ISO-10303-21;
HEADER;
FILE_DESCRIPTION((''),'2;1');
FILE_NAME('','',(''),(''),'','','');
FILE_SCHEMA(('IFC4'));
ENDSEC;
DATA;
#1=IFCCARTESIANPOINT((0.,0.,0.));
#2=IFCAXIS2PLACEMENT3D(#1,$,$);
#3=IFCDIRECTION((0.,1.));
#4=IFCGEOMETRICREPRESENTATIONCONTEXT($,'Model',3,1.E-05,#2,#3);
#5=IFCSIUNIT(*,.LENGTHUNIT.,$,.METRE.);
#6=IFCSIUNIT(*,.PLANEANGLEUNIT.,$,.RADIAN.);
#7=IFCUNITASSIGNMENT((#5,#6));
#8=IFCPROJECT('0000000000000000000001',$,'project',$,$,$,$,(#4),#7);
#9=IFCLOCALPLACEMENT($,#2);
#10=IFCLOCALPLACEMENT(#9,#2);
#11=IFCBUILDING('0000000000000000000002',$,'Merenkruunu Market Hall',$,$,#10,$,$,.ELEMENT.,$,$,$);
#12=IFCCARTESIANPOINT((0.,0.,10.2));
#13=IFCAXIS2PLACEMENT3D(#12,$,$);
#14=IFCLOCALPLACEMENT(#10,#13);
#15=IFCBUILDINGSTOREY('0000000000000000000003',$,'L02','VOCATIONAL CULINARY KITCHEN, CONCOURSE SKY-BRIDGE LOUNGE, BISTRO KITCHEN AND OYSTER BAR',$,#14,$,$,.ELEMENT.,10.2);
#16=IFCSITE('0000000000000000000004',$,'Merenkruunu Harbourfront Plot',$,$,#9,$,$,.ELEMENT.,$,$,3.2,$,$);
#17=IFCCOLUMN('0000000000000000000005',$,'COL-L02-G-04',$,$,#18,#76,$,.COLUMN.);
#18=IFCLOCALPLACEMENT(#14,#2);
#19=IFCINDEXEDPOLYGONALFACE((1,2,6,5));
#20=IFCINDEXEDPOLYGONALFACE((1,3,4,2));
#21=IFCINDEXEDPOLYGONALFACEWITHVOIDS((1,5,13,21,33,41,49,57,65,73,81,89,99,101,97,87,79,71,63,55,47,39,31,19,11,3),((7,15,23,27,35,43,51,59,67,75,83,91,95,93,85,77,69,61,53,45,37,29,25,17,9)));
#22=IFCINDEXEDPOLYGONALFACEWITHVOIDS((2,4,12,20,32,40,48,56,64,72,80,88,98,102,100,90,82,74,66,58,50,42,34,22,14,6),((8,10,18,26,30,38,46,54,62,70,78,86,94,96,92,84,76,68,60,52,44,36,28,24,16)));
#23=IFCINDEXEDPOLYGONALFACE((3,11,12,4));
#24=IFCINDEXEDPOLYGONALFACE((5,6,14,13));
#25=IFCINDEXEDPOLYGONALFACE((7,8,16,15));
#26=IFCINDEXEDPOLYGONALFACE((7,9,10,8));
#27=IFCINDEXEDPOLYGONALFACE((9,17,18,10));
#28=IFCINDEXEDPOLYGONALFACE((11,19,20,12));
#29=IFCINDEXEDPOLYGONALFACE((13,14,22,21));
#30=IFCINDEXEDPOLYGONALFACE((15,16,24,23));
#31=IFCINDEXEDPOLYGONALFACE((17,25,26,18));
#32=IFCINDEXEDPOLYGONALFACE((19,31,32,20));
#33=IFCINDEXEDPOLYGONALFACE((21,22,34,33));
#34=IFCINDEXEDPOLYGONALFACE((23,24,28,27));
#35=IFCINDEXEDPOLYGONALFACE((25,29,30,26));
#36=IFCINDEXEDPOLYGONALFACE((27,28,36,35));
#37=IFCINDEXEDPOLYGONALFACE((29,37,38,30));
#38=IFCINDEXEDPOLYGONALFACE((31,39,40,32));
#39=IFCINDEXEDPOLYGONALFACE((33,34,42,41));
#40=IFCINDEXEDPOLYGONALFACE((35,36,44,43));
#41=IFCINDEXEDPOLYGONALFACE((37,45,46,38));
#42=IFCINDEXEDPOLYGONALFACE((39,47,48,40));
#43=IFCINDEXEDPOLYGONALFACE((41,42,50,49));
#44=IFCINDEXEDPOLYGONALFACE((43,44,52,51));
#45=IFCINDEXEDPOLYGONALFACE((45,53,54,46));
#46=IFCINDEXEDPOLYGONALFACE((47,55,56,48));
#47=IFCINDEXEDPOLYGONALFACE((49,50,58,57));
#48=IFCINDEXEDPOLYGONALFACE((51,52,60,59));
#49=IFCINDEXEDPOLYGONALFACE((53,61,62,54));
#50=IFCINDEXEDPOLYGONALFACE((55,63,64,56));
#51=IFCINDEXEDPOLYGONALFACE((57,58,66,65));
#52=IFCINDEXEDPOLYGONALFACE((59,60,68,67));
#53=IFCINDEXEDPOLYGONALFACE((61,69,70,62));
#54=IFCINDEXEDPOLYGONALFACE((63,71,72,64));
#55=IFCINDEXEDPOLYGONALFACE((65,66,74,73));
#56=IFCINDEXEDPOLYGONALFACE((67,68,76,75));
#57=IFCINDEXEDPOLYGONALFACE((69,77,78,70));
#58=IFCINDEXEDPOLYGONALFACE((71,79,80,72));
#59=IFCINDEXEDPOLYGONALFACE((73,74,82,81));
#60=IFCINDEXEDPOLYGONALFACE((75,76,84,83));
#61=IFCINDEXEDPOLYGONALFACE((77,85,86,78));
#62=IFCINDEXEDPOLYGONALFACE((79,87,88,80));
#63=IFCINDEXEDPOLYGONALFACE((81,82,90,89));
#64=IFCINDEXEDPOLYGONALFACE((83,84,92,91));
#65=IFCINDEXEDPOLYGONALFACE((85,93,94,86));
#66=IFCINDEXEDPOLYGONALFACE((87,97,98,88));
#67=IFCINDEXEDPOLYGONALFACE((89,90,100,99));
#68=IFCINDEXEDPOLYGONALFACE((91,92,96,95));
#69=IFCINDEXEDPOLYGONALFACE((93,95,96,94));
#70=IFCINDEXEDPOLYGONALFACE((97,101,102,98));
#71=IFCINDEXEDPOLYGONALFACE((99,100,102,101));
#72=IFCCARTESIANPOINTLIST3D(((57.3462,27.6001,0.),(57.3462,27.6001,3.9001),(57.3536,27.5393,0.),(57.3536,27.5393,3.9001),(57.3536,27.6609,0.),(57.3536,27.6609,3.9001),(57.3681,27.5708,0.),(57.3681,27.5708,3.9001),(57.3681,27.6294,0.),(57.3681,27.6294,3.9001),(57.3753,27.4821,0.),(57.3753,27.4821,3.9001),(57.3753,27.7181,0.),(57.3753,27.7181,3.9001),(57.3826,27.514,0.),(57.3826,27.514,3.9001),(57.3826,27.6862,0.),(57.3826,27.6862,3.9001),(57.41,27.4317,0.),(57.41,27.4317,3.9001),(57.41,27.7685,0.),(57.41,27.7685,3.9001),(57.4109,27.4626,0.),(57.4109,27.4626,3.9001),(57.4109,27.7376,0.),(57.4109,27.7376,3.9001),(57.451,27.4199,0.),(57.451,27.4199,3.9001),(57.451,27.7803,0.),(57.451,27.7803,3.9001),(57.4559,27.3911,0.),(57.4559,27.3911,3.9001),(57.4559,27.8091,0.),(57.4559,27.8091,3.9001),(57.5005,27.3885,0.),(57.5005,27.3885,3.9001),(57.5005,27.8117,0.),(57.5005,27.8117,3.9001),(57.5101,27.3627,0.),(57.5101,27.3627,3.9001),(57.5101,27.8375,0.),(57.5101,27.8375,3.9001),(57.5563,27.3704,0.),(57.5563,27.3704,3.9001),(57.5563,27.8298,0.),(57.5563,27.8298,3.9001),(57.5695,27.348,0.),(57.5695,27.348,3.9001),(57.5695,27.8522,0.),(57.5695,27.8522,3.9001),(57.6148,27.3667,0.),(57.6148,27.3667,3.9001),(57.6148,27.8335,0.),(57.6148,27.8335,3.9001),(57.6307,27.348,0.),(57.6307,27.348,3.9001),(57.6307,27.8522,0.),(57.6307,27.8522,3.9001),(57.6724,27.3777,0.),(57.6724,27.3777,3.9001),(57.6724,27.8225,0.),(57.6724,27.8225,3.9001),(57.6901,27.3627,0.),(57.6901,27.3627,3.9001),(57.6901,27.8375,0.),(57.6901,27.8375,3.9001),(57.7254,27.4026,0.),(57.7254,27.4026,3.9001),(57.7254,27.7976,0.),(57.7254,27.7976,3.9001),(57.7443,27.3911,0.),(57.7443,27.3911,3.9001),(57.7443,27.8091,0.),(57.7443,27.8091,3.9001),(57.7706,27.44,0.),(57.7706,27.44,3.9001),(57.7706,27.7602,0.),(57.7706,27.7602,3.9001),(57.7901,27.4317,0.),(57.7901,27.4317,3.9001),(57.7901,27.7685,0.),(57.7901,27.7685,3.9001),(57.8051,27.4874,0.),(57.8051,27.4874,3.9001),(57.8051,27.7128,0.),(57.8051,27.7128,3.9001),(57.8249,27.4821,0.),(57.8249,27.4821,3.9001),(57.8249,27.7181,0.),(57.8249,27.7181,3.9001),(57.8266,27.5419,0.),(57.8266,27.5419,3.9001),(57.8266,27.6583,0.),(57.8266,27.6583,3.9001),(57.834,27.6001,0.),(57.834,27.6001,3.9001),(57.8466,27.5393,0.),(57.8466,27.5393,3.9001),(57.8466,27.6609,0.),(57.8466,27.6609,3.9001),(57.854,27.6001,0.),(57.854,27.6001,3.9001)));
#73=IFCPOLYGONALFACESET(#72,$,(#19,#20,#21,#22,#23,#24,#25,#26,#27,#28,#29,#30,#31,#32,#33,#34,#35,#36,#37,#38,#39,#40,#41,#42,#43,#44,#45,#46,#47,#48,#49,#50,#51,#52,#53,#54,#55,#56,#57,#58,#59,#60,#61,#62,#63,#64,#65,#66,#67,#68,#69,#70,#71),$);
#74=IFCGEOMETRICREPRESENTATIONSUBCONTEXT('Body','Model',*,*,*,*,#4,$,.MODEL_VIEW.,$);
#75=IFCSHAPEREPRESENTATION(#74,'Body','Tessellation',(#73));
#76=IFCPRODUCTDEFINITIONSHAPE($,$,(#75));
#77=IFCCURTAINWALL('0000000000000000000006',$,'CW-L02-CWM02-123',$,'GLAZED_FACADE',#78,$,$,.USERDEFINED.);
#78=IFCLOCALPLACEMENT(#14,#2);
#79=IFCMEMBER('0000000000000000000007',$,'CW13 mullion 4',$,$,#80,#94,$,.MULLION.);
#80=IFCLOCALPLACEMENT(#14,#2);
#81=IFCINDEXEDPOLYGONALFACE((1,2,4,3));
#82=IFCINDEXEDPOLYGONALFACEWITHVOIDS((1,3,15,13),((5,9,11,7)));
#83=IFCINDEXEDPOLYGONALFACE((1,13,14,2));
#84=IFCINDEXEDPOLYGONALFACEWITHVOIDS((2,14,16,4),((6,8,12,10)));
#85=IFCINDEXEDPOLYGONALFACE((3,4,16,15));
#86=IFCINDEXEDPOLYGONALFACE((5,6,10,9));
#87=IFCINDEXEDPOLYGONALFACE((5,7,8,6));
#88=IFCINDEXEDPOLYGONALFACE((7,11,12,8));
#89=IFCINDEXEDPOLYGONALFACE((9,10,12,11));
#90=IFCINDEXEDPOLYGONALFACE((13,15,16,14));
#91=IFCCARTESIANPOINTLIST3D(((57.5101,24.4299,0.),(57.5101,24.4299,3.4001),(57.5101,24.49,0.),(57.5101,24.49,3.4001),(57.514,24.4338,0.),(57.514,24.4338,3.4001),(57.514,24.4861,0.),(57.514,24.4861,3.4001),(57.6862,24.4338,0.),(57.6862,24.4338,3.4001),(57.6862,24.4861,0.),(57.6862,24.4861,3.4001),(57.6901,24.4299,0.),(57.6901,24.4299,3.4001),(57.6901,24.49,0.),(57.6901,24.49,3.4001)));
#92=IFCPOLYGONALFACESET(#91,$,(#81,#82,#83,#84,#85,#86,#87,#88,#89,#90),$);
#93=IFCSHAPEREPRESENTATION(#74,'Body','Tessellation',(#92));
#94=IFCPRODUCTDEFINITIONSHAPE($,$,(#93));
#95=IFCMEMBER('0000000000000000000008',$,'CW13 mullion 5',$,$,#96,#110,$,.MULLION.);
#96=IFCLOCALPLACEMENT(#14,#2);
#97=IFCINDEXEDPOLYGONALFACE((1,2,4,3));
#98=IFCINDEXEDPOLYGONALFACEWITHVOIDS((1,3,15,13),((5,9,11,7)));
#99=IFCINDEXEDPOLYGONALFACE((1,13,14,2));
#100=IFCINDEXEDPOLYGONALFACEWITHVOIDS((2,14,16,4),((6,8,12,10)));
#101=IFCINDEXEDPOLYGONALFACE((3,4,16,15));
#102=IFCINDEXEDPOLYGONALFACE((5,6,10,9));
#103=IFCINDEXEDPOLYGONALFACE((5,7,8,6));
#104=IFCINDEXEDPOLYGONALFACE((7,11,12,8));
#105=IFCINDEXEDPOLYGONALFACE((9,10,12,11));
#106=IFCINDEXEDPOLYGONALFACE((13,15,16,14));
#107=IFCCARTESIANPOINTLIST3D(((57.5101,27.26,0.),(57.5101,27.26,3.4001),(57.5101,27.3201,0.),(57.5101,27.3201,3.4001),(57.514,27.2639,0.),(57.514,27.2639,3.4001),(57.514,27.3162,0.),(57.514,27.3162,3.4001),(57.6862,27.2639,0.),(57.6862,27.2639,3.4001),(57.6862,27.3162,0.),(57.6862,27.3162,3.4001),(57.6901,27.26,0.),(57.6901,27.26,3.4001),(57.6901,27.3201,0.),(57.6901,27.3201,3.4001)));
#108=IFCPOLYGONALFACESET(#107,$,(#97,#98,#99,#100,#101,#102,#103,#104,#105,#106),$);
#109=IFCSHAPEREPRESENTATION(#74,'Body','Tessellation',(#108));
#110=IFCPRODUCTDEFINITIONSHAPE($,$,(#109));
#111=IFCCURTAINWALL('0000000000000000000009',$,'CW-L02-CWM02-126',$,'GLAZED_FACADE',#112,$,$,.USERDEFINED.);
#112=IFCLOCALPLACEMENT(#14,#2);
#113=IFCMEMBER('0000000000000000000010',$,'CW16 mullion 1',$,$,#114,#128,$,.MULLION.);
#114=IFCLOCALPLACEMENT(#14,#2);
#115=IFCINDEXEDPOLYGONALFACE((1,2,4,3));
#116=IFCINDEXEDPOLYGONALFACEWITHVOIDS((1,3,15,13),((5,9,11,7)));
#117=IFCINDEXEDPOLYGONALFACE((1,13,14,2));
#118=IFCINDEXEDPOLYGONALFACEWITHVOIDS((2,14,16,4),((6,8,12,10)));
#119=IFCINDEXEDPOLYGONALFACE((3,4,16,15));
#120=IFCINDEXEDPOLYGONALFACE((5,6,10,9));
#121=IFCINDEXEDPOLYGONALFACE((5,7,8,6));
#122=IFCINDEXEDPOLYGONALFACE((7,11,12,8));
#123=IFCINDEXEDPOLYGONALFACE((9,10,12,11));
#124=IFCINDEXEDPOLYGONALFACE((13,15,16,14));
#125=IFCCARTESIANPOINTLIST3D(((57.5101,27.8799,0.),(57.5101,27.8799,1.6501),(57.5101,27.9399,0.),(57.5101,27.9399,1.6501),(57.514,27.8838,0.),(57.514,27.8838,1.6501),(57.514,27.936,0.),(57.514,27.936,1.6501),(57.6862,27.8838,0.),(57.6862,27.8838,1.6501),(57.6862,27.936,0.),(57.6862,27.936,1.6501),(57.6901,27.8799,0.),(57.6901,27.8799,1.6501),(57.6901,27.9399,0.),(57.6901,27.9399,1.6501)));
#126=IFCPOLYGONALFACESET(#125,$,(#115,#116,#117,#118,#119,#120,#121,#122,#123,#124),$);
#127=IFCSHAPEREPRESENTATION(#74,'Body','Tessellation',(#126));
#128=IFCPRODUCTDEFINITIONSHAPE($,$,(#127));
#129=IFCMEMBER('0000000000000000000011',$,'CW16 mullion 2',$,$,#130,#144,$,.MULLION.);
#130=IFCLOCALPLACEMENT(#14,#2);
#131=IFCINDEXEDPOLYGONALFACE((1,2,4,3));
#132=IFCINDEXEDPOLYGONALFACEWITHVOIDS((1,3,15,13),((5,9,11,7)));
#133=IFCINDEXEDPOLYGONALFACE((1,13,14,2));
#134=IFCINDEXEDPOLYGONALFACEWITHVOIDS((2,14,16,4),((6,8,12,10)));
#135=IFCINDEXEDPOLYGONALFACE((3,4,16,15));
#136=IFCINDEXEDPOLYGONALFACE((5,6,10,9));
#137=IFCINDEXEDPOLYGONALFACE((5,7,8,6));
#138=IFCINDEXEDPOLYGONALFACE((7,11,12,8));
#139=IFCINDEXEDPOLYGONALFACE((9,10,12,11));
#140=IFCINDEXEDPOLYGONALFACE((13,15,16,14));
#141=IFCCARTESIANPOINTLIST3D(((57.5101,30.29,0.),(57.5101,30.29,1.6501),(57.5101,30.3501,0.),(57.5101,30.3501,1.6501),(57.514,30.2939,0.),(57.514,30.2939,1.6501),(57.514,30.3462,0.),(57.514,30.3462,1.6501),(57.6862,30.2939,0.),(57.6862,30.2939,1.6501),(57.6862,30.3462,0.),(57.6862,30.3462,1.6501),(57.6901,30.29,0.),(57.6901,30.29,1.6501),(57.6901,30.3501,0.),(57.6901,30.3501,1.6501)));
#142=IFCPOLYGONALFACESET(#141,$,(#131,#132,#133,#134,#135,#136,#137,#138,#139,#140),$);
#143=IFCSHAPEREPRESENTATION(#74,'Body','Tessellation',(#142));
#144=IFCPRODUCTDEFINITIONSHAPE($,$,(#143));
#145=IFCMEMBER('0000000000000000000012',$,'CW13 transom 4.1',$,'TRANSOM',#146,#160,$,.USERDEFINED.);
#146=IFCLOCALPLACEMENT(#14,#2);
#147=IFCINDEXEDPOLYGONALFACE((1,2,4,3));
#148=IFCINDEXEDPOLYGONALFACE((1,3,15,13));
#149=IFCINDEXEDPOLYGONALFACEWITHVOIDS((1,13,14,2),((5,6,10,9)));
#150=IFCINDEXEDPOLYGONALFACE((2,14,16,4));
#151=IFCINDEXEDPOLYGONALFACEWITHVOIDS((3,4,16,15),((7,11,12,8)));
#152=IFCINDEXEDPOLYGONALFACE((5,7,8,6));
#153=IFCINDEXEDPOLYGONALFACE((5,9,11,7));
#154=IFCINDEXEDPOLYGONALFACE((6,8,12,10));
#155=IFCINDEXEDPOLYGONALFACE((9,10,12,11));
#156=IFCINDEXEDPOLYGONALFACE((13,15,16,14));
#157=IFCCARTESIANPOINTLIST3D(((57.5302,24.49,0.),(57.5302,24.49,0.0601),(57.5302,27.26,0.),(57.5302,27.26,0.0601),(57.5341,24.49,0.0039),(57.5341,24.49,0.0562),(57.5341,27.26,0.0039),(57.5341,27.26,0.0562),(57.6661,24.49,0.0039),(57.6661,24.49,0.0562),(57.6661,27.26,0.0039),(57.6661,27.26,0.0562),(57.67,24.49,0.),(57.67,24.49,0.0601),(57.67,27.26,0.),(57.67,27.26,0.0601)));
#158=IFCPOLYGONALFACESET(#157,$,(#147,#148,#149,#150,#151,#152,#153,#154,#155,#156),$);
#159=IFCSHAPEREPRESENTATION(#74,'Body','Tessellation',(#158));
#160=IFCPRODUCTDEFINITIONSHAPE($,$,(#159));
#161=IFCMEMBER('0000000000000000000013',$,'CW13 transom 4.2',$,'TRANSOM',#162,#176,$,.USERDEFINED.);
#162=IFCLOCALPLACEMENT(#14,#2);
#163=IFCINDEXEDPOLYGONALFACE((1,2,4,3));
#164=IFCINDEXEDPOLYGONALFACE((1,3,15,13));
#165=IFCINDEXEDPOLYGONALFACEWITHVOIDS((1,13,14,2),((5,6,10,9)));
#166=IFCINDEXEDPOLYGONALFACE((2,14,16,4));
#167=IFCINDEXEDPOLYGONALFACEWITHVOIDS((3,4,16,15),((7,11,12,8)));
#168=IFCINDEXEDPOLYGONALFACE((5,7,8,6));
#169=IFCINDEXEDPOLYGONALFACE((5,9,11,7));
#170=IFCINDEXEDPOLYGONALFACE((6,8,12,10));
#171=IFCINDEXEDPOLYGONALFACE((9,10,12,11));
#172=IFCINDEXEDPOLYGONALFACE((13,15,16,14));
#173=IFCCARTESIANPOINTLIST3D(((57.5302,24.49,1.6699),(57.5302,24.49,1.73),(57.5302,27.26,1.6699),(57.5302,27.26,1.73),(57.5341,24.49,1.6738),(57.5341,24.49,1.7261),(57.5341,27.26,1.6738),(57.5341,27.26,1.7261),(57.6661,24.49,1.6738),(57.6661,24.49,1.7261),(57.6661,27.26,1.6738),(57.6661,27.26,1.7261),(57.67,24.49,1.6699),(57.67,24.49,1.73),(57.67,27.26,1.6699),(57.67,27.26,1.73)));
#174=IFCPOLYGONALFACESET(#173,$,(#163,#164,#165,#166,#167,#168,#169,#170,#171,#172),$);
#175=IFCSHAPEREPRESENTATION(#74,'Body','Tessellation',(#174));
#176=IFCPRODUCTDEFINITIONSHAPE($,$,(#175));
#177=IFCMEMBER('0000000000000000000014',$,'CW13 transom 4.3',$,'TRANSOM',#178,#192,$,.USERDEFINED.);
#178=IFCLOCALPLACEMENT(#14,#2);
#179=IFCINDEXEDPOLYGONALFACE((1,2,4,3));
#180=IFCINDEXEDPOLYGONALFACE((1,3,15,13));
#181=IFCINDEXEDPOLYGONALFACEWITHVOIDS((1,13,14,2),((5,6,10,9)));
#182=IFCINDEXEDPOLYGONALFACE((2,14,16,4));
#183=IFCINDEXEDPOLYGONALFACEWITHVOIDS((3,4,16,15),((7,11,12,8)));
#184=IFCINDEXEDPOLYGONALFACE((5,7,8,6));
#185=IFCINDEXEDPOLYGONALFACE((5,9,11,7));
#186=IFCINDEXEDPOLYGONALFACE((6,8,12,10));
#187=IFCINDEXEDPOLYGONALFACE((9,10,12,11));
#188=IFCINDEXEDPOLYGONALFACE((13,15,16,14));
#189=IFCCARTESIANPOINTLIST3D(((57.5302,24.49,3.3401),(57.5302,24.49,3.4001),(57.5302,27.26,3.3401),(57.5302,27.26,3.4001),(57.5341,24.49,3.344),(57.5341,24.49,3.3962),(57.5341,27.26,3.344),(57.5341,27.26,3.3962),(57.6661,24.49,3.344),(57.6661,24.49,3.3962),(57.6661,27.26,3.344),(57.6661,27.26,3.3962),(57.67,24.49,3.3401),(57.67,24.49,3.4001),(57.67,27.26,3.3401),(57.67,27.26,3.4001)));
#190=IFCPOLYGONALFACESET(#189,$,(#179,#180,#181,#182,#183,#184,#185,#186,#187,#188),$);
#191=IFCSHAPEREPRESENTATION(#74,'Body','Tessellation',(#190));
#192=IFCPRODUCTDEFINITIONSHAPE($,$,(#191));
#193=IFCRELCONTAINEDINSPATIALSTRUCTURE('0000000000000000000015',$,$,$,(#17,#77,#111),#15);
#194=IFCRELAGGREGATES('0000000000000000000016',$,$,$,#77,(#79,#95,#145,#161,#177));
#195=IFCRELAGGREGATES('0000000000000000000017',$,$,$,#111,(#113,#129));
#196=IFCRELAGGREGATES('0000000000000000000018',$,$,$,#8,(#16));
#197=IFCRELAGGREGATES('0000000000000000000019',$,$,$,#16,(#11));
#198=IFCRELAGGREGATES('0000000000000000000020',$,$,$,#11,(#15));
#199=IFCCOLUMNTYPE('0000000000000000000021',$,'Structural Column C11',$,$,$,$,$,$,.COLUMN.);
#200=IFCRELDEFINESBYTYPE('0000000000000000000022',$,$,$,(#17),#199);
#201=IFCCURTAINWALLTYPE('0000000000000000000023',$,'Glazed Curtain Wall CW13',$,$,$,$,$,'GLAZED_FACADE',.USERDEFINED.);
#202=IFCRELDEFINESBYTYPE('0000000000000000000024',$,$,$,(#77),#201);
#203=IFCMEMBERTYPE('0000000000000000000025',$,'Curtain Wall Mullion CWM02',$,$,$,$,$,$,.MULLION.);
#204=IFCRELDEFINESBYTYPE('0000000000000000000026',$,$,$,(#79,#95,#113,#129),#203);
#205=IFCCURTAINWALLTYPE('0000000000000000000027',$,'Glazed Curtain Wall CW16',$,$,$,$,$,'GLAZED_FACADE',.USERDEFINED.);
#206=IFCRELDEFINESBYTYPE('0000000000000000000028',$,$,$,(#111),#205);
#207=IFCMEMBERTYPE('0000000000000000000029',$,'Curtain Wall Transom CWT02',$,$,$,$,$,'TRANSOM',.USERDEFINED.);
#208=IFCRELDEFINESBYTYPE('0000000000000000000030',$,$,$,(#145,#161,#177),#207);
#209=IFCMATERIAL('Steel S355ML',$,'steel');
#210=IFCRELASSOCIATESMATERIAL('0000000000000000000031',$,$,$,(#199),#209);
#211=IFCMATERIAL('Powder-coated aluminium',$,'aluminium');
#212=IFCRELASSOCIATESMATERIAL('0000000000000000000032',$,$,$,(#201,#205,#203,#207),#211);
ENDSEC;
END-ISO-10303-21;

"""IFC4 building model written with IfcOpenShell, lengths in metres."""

from ifc_helpers import new_model, si_unit, direction, frame, origin, origin_2d, place, context, subcontext, project, spatial, hollow_rectangle, hollow_circle, extrude, material, material_profile, profile_set, type_object, element, aggregate, save


model = new_model("IFC4")

# Units and contexts
model_context = context("Model", 3, precision=1e-05, world=origin(), true_north=direction((0.0, 1.0)))
body_context = subcontext(model_context, "Body", "Model", "MODEL_VIEW")
ifc_project = project(units=[si_unit("LENGTHUNIT", "METRE"), si_unit("PLANEANGLEUNIT", "RADIAN")], contexts=[model_context])

# Site, building, storey
site_placement = place(None, origin())
site = spatial("IfcSite", under=ifc_project, at=site_placement, Name="Merenkruunu Harbourfront Plot", CompositionType="ELEMENT", RefElevation=3.2)
building_placement = place(site_placement, origin())
building = spatial("IfcBuilding", under=site, at=building_placement, Name="Merenkruunu Market Hall", CompositionType="ELEMENT")
storey_placement = place(building_placement, frame((0.0, 0.0, 10.2)))
storey = spatial("IfcBuildingStorey", under=building, at=storey_placement, Name="L02", Description="VOCATIONAL CULINARY KITCHEN, CONCOURSE SKY-BRIDGE LOUNGE, BISTRO KITCHEN AND OYSTER BAR", CompositionType="ELEMENT", Elevation=10.2)

# Column
ifc_material_1 = material(Name="Steel S355ML", Category="steel")
ifc_material_profile_1 = material_profile(ifc_material_1, hollow_circle(Radius=0.2539, WallThickness=0.02, at=origin_2d()), Name="CHS 508x20")
ifc_profile_set_1 = profile_set([ifc_material_profile_1], Name="Steel S355ML")
column_type = type_object("IfcColumnType", Name="Structural Column C11", PredefinedType="COLUMN", material=ifc_profile_set_1)
column_placement = place(storey_placement, frame((57.6001, 27.6001, 0.0), z_axis=(0.0, 0.0, 1.0), x_axis=(1.0, 0.0, 0.0)))
element("IfcColumn", 1, at=column_placement, inside=storey, type_object=column_type, Name="COL-L02-G-04", PredefinedType="COLUMN", context=body_context, shape_type="SweptSolid", body=[
    extrude(hollow_circle(Radius=0.2539, WallThickness=0.02, at=origin_2d()), origin(), (0.0, 0.0, 1.0), 3.9001),
])

# Curtain walls, members
ifc_material_2 = material(Name="Powder-coated aluminium", Category="aluminium")
curtain_wall_type_1 = type_object("IfcCurtainWallType", Name="Glazed Curtain Wall CW13", ElementType="GLAZED_FACADE", PredefinedType="USERDEFINED", material=ifc_material_2)
curtain_wall_1_placement = place(storey_placement, origin())
curtain_wall_1 = element("IfcCurtainWall", 2, at=curtain_wall_1_placement, inside=storey, type_object=curtain_wall_type_1, Name="CW-L02-CWM02-123", ObjectType="GLAZED_FACADE", PredefinedType="USERDEFINED")
ifc_material_profile_2 = material_profile(ifc_material_2, hollow_rectangle(XDim=0.0601, YDim=0.1799, WallThickness=0.0039, at=origin_2d()), Name="ALU 60x180x4")
ifc_profile_set_2 = profile_set([ifc_material_profile_2], Name="Powder-coated aluminium")
member_type_1 = type_object("IfcMemberType", Name="Curtain Wall Mullion CWM02", PredefinedType="MULLION", material=ifc_profile_set_2)
member_1_placement = place(storey_placement, frame((57.6001, 24.46, 0.0), z_axis=(0.0, 0.0, 1.0), x_axis=(0.0, 1.0, 0.0)))
member_1 = element("IfcMember", 3, at=member_1_placement, type_object=member_type_1, Name="CW13 mullion 4", PredefinedType="MULLION", context=body_context, shape_type="SweptSolid", body=[
    extrude(hollow_rectangle(XDim=0.0601, YDim=0.1799, WallThickness=0.0039, at=origin_2d()), origin(), (0.0, 0.0, 1.0), 3.4001),
])
member_2_placement = place(storey_placement, frame((57.6001, 27.29, 0.0), z_axis=(0.0, 0.0, 1.0), x_axis=(0.0, 1.0, 0.0)))
member_2 = element("IfcMember", 4, at=member_2_placement, type_object=member_type_1, Name="CW13 mullion 5", PredefinedType="MULLION", context=body_context, shape_type="SweptSolid", body=[
    extrude(hollow_rectangle(XDim=0.0601, YDim=0.1799, WallThickness=0.0039, at=origin_2d()), origin(), (0.0, 0.0, 1.0), 3.4001),
])
curtain_wall_type_2 = type_object("IfcCurtainWallType", Name="Glazed Curtain Wall CW16", ElementType="GLAZED_FACADE", PredefinedType="USERDEFINED", material=ifc_material_2)
curtain_wall_2_placement = place(storey_placement, origin())
curtain_wall_2 = element("IfcCurtainWall", 5, at=curtain_wall_2_placement, inside=storey, type_object=curtain_wall_type_2, Name="CW-L02-CWM02-126", ObjectType="GLAZED_FACADE", PredefinedType="USERDEFINED")
member_3_placement = place(storey_placement, frame((57.6001, 27.9099, 0.0), z_axis=(0.0, 0.0, 1.0), x_axis=(0.0, 1.0, 0.0)))
member_3 = element("IfcMember", 6, at=member_3_placement, type_object=member_type_1, Name="CW16 mullion 1", PredefinedType="MULLION", context=body_context, shape_type="SweptSolid", body=[
    extrude(hollow_rectangle(XDim=0.0601, YDim=0.1799, WallThickness=0.0039, at=origin_2d()), origin(), (0.0, 0.0, 1.0), 1.6501),
])
member_4_placement = place(storey_placement, frame((57.6001, 30.3201, 0.0), z_axis=(0.0, 0.0, 1.0), x_axis=(0.0, 1.0, 0.0)))
member_4 = element("IfcMember", 7, at=member_4_placement, type_object=member_type_1, Name="CW16 mullion 2", PredefinedType="MULLION", context=body_context, shape_type="SweptSolid", body=[
    extrude(hollow_rectangle(XDim=0.0601, YDim=0.1799, WallThickness=0.0039, at=origin_2d()), origin(), (0.0, 0.0, 1.0), 1.6501),
])

# Members
ifc_material_profile_3 = material_profile(ifc_material_2, hollow_rectangle(XDim=0.0601, YDim=0.1399, WallThickness=0.0039, at=origin_2d()), Name="ALU 60x140x4")
ifc_profile_set_3 = profile_set([ifc_material_profile_3], Name="Powder-coated aluminium")
member_type_2 = type_object("IfcMemberType", Name="Curtain Wall Transom CWT02", ElementType="TRANSOM", PredefinedType="USERDEFINED", material=ifc_profile_set_3)
member_5_placement = place(storey_placement, frame((57.6001, 24.49, 0.03), z_axis=(0.0, 1.0, 0.0), x_axis=(0.0, 0.0, 1.0)))
member_5 = element("IfcMember", 8, at=member_5_placement, type_object=member_type_2, Name="CW13 transom 4.1", ObjectType="TRANSOM", PredefinedType="USERDEFINED", context=body_context, shape_type="SweptSolid", body=[
    extrude(hollow_rectangle(XDim=0.0601, YDim=0.1399, WallThickness=0.0039, at=origin_2d()), origin(), (0.0, 0.0, 1.0), 2.77),
])
member_6_placement = place(storey_placement, frame((57.6001, 24.49, 1.7), z_axis=(0.0, 1.0, 0.0), x_axis=(0.0, 0.0, 1.0)))
member_6 = element("IfcMember", 9, at=member_6_placement, type_object=member_type_2, Name="CW13 transom 4.2", ObjectType="TRANSOM", PredefinedType="USERDEFINED", context=body_context, shape_type="SweptSolid", body=[
    extrude(hollow_rectangle(XDim=0.0601, YDim=0.1399, WallThickness=0.0039, at=origin_2d()), origin(), (0.0, 0.0, 1.0), 2.77),
])
member_7_placement = place(storey_placement, frame((57.6001, 24.49, 3.3701), z_axis=(0.0, 1.0, 0.0), x_axis=(0.0, 0.0, 1.0)))
member_7 = element("IfcMember", 10, at=member_7_placement, type_object=member_type_2, Name="CW13 transom 4.3", ObjectType="TRANSOM", PredefinedType="USERDEFINED", context=body_context, shape_type="SweptSolid", body=[
    extrude(hollow_rectangle(XDim=0.0601, YDim=0.1399, WallThickness=0.0039, at=origin_2d()), origin(), (0.0, 0.0, 1.0), 2.77),
])

aggregate(curtain_wall_1, [member_1, member_2, member_5, member_6, member_7])
aggregate(curtain_wall_2, [member_3, member_4])

save(model, "model.ifc")
